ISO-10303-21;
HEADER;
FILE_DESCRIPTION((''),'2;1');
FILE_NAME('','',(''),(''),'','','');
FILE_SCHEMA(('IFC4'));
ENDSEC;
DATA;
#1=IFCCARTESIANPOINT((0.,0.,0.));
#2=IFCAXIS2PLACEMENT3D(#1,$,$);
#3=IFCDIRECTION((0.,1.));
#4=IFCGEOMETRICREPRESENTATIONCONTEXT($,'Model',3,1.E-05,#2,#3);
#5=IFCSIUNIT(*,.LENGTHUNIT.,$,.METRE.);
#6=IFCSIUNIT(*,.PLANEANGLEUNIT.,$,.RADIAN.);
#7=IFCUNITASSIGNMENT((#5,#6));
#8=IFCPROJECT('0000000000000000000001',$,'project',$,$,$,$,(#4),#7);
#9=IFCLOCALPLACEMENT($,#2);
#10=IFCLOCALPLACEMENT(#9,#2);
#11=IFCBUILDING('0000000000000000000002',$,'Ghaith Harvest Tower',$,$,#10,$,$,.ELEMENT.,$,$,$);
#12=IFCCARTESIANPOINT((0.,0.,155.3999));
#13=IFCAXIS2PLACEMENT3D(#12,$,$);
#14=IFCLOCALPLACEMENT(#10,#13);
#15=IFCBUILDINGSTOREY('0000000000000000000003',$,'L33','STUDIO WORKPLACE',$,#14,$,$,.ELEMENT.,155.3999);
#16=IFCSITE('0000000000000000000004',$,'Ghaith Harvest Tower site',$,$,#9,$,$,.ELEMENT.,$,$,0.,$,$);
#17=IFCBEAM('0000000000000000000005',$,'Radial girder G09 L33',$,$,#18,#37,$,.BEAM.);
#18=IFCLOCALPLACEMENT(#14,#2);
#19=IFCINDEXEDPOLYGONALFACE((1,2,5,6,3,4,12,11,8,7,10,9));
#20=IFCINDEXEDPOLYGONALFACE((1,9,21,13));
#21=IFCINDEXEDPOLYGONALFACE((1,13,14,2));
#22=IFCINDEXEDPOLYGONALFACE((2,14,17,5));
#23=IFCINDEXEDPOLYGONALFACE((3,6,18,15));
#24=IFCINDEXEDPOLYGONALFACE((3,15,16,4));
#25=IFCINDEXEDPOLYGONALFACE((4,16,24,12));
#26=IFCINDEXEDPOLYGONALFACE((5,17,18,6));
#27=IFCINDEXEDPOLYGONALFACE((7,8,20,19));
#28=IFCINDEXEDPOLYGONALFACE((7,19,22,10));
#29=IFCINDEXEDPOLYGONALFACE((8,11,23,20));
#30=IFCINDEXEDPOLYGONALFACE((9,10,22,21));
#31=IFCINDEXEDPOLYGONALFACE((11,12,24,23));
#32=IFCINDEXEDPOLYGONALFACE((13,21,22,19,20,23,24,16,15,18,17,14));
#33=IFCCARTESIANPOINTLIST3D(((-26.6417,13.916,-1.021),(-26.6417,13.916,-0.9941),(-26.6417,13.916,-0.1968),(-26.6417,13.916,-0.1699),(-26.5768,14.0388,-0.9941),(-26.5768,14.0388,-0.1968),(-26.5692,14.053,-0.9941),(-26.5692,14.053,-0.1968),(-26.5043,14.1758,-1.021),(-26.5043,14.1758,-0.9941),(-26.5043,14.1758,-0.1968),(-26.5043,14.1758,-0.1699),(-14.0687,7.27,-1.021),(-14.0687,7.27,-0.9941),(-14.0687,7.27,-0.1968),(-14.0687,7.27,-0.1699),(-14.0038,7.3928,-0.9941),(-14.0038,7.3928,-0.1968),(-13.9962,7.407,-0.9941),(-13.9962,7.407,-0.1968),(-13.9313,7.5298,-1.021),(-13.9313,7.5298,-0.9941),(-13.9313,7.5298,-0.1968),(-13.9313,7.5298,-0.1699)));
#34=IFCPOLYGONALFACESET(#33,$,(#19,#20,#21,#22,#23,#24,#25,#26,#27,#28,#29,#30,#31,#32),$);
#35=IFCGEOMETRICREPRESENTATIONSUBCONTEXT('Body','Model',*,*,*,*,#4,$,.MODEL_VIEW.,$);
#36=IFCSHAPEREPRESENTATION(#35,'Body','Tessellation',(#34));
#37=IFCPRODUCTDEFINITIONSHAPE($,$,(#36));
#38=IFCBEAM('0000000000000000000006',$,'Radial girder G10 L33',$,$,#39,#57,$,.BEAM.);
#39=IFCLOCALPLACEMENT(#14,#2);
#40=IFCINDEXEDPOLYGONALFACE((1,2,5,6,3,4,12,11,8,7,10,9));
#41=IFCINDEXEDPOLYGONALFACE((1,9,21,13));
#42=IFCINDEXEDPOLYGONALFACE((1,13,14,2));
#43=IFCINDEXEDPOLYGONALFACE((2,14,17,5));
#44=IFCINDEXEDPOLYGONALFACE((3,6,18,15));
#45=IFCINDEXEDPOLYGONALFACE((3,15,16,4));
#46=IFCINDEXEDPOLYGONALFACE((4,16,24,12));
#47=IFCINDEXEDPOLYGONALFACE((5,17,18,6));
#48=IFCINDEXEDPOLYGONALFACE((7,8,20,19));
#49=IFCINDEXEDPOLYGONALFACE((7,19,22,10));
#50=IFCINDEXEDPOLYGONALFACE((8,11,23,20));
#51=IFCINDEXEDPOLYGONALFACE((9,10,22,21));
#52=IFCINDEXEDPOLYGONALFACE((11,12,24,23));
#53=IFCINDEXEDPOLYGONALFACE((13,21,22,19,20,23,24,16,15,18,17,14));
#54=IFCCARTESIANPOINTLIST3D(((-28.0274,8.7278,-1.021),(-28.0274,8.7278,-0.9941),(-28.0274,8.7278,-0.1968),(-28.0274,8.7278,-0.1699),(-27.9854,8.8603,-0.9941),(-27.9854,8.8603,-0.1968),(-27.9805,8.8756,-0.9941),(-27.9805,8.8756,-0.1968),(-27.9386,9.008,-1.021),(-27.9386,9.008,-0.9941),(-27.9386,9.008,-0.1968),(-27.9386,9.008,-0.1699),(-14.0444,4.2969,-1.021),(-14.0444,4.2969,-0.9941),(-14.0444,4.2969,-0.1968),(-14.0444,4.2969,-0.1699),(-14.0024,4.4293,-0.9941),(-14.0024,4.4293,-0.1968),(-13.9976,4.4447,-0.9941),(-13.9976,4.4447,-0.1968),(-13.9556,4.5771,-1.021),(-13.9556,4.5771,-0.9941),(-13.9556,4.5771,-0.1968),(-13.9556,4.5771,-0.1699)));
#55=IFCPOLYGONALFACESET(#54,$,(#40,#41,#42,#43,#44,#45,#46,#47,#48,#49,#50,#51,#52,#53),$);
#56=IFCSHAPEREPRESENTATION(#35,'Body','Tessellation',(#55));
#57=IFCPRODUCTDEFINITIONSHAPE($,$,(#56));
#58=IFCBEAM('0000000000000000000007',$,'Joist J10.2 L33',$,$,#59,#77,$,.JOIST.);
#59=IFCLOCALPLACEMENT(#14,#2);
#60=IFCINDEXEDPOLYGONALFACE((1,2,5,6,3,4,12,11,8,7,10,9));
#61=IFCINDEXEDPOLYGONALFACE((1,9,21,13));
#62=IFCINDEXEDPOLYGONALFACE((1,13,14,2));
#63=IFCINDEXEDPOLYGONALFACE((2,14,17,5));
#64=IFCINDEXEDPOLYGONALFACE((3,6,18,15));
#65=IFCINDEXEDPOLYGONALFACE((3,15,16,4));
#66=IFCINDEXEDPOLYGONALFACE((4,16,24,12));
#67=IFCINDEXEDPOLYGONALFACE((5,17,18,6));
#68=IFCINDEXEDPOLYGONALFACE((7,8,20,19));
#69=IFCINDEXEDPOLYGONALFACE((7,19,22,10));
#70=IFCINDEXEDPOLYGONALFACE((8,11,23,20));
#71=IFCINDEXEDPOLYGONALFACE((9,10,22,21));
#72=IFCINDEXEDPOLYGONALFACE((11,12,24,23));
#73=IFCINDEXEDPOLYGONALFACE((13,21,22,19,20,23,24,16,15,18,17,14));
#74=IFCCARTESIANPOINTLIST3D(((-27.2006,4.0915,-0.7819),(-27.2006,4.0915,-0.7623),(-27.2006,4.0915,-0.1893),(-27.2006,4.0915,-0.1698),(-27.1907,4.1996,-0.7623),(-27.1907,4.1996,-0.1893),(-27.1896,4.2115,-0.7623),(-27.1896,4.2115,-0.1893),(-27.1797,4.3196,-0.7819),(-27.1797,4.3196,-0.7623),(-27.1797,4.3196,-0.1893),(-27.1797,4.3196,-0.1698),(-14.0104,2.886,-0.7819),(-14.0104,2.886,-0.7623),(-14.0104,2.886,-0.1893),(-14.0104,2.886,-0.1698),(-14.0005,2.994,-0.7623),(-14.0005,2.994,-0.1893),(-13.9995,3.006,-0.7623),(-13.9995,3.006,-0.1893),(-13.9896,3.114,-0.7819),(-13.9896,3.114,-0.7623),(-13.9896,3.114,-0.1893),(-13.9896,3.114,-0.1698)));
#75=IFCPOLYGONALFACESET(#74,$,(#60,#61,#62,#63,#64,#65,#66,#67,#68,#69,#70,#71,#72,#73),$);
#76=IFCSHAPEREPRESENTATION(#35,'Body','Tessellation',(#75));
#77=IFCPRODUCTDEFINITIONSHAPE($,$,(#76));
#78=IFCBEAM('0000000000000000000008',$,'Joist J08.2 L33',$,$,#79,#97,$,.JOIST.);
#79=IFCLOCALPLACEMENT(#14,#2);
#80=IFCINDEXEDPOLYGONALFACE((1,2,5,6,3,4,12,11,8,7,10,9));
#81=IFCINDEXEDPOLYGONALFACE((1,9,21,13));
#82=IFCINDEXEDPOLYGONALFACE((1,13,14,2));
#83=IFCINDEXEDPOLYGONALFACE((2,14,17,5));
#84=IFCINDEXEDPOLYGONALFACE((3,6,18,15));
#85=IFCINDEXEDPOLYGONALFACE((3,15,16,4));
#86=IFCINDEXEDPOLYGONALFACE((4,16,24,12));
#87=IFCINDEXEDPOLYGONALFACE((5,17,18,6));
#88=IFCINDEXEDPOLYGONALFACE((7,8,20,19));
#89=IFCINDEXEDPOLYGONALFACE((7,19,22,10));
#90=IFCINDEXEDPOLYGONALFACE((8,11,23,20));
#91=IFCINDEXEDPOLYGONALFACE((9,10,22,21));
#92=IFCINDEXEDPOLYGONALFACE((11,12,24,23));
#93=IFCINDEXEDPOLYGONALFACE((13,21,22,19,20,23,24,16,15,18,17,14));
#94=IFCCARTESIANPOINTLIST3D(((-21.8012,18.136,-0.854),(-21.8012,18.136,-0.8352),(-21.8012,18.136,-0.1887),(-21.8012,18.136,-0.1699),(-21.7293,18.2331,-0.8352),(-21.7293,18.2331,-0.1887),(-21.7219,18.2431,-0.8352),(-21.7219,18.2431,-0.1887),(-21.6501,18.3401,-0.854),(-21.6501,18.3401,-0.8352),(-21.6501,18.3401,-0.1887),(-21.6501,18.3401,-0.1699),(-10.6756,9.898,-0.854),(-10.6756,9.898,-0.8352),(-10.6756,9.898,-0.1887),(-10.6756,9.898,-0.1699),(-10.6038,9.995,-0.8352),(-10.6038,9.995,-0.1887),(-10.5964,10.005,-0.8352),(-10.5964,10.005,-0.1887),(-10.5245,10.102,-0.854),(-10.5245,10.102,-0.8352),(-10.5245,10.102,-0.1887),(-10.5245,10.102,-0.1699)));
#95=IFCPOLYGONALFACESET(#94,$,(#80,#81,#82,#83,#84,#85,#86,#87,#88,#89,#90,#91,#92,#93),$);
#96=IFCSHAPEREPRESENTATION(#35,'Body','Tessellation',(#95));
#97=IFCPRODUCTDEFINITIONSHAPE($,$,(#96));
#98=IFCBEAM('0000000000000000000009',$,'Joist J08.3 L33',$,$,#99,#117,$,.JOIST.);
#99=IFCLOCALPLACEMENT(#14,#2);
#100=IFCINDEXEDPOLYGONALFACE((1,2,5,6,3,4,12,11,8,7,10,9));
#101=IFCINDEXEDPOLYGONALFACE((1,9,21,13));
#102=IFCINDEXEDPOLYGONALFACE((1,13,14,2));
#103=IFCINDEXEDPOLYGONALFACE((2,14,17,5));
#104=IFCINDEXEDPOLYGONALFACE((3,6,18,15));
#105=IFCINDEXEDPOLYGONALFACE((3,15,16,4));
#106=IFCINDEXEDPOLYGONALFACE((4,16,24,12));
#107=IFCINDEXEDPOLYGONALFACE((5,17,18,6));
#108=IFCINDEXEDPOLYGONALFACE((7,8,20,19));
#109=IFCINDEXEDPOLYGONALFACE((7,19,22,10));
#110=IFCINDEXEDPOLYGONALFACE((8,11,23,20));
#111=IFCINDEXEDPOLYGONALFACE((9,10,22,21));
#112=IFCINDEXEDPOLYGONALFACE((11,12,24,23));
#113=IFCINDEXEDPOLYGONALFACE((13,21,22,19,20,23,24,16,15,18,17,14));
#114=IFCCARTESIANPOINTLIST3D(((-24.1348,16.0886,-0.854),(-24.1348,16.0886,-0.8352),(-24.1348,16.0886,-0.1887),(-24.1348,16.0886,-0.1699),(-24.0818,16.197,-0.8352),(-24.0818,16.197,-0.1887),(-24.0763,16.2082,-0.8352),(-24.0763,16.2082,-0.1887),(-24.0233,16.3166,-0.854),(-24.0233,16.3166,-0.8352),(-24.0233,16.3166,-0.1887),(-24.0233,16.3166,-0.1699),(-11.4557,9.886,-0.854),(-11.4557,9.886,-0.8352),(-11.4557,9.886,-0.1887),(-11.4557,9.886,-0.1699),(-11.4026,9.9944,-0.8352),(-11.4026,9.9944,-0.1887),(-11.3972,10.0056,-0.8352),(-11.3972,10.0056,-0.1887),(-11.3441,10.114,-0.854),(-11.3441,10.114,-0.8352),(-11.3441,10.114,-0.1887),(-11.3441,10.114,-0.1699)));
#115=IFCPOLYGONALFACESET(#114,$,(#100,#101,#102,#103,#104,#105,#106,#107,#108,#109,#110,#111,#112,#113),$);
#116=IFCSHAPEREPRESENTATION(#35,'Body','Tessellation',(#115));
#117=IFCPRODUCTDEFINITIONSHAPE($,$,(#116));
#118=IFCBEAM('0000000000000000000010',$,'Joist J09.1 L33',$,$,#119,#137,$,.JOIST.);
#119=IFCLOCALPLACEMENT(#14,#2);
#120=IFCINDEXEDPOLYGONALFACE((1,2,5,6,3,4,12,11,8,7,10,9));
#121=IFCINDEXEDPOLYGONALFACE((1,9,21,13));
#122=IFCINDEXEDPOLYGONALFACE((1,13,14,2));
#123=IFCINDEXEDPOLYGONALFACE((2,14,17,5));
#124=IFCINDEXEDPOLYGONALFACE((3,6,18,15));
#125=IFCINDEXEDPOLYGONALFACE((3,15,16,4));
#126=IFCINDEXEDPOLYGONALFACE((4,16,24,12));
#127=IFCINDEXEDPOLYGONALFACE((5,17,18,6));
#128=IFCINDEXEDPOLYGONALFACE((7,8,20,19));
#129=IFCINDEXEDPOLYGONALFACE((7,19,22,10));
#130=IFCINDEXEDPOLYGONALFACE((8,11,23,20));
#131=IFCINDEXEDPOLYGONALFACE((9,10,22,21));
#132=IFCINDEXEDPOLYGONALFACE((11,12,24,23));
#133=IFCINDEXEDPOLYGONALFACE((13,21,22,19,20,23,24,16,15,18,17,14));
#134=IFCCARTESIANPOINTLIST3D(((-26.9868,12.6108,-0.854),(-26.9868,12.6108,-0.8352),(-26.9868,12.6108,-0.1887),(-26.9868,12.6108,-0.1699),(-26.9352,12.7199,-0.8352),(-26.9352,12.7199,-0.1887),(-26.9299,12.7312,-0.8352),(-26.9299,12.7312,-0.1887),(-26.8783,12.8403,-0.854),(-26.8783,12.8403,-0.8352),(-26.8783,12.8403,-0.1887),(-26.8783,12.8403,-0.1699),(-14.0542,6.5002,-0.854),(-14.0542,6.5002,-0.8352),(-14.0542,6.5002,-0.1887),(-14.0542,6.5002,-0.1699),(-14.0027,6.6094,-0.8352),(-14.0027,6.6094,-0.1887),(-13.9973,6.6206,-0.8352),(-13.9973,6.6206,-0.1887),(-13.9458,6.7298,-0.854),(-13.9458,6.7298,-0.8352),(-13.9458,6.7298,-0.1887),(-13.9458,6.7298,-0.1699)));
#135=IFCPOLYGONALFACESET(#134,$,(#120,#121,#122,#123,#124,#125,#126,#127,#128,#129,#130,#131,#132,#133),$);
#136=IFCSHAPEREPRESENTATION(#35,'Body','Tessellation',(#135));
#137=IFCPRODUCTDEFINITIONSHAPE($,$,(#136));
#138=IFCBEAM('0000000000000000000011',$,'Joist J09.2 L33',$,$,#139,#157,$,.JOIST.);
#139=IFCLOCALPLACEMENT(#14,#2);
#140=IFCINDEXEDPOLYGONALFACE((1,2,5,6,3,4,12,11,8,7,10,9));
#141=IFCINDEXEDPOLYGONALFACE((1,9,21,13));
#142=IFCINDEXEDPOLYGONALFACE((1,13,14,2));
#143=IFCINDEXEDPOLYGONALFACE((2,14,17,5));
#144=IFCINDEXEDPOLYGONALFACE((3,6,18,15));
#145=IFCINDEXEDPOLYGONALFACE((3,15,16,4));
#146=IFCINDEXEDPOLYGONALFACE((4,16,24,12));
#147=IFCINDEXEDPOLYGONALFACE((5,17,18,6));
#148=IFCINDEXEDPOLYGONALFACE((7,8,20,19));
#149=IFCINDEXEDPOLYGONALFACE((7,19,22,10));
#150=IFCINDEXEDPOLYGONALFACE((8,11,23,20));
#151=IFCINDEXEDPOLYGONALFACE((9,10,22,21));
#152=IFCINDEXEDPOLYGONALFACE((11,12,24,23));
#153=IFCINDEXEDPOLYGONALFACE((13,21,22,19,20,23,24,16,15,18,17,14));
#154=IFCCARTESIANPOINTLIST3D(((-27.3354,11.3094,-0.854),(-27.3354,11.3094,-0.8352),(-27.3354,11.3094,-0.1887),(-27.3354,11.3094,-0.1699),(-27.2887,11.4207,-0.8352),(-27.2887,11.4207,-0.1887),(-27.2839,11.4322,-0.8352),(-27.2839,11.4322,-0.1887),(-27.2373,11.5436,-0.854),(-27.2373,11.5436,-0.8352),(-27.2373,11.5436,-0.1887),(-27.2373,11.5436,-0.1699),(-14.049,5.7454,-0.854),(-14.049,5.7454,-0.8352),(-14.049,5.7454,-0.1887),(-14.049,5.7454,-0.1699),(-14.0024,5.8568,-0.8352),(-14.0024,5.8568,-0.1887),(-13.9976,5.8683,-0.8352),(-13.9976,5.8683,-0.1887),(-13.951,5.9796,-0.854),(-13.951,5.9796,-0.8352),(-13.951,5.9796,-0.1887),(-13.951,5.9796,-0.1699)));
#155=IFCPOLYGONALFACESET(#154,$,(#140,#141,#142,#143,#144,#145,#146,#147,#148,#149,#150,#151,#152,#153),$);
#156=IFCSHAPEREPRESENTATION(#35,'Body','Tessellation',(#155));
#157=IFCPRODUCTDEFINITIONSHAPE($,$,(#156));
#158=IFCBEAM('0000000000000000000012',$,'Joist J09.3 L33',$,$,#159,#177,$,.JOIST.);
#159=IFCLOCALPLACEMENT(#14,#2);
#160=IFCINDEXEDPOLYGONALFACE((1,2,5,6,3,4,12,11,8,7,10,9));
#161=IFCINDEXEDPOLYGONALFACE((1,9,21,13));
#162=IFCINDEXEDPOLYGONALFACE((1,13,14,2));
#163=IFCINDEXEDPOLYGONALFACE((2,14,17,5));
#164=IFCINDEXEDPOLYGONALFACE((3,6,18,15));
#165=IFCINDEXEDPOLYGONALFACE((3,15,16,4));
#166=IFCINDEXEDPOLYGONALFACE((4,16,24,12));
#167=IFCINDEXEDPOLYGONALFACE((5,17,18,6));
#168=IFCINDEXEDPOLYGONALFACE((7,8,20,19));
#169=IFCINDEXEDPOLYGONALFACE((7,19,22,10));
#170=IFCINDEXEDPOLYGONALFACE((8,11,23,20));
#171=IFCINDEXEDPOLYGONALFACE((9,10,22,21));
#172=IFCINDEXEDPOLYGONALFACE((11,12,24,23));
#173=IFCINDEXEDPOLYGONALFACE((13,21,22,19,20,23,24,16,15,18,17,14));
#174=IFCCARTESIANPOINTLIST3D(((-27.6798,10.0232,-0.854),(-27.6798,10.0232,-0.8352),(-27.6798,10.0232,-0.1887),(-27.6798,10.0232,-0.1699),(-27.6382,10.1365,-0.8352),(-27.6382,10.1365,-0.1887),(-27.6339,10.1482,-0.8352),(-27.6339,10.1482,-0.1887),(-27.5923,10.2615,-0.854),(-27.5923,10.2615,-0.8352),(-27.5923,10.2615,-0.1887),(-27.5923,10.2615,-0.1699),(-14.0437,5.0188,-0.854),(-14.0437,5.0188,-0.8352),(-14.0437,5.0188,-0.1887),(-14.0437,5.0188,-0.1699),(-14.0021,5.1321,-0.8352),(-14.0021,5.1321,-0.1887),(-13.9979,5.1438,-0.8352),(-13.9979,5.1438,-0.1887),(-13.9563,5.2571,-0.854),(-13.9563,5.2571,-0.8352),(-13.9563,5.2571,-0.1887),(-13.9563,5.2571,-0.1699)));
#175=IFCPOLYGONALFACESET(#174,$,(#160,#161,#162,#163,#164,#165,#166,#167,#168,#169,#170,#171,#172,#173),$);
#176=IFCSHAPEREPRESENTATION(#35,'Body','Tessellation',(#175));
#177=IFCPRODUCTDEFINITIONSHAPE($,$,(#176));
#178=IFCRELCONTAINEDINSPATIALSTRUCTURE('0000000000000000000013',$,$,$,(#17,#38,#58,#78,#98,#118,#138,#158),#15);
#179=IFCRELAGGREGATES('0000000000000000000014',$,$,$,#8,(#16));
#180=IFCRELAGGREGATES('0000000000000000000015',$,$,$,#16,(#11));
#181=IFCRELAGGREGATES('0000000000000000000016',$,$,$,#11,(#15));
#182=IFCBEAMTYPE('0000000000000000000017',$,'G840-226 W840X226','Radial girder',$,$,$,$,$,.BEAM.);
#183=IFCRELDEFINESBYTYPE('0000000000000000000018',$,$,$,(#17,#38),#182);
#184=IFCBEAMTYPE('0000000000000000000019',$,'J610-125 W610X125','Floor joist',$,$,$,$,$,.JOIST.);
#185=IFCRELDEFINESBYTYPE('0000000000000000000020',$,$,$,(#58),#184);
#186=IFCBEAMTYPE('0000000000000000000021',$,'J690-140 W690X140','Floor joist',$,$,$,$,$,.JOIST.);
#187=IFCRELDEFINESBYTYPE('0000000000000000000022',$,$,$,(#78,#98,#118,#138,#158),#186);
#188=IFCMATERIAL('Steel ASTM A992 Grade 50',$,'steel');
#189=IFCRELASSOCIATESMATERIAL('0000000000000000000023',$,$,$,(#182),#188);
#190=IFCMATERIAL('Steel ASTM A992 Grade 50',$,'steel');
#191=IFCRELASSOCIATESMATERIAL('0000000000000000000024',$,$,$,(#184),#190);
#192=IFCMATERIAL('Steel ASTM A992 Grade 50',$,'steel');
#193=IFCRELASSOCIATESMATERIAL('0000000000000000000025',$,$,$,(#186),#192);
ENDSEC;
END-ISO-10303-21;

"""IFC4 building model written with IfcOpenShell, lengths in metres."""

from ifc_helpers import new_model, si_unit, direction, frame, origin, origin_2d, place, context, subcontext, project, spatial, i_section, extrude, material, material_profile, profile_set, type_object, element, save


model = new_model("IFC4")

# Units and contexts
model_context = context("Model", 3, precision=1e-05, world=origin(), true_north=direction((0.0, 1.0)))
body_context = subcontext(model_context, "Body", "Model", "MODEL_VIEW")
ifc_project = project(units=[si_unit("LENGTHUNIT", "METRE"), si_unit("PLANEANGLEUNIT", "RADIAN")], contexts=[model_context])

# Site, building, storey
site_placement = place(None, origin())
site = spatial("IfcSite", under=ifc_project, at=site_placement, Name="Ghaith Harvest Tower site", CompositionType="ELEMENT", RefElevation=0.0)
building_placement = place(site_placement, origin())
building = spatial("IfcBuilding", under=site, at=building_placement, Name="Ghaith Harvest Tower", CompositionType="ELEMENT")
storey_placement = place(building_placement, frame((0.0, 0.0, 155.3999)))
storey = spatial("IfcBuildingStorey", under=building, at=storey_placement, Name="L33", Description="STUDIO WORKPLACE", CompositionType="ELEMENT", Elevation=155.3999)

# Beams
ifc_material_1 = material(Name="Steel ASTM A992 Grade 50", Category="steel")
ifc_material_profile_1 = material_profile(ifc_material_1, i_section(OverallWidth=0.2939, OverallDepth=0.8511, WebThickness=0.0161, FlangeThickness=0.0269, at=origin_2d()), Name="W840X226")
ifc_profile_set_1 = profile_set([ifc_material_profile_1], Name="Steel ASTM A992 Grade 50")
beam_type_1 = type_object("IfcBeamType", Name="G840-226 W840X226", Description="Radial girder", PredefinedType="BEAM", material=ifc_profile_set_1)
beam_1_placement = place(storey_placement, frame((-14.0, 7.3999, -0.5955), z_axis=(-0.884087, 0.467322, 0.0), x_axis=(-0.467322, -0.884087, 0.0)))
element("IfcBeam", 1, at=beam_1_placement, inside=storey, type_object=beam_type_1, Name="Radial girder G09 L33", PredefinedType="BEAM", context=body_context, shape_type="SweptSolid", body=[
    extrude(i_section(OverallWidth=0.2939, OverallDepth=0.8511, WebThickness=0.0161, FlangeThickness=0.0269, at=origin_2d()), origin(), (0.0, 0.0, 1.0), 14.2214),
])
beam_2_placement = place(storey_placement, frame((-14.0, 4.437, -0.5955), z_axis=(-0.953284, 0.302077, 0.0), x_axis=(-0.302077, -0.953284, 0.0)))
element("IfcBeam", 2, at=beam_2_placement, inside=storey, type_object=beam_type_1, Name="Radial girder G10 L33", PredefinedType="BEAM", context=body_context, shape_type="SweptSolid", body=[
    extrude(i_section(OverallWidth=0.2939, OverallDepth=0.8511, WebThickness=0.0161, FlangeThickness=0.0269, at=origin_2d()), origin(), (0.0, 0.0, 1.0), 14.6682),
])
ifc_material_2 = material(Name="Steel ASTM A992 Grade 50", Category="steel")
ifc_material_profile_2 = material_profile(ifc_material_2, i_section(OverallWidth=0.229, OverallDepth=0.6121, WebThickness=0.012, FlangeThickness=0.0195, at=origin_2d()), Name="W610X125")
ifc_profile_set_2 = profile_set([ifc_material_profile_2], Name="Steel ASTM A992 Grade 50")
beam_type_2 = type_object("IfcBeamType", Name="J610-125 W610X125", Description="Floor joist", PredefinedType="JOIST", material=ifc_profile_set_2)
beam_3_placement = place(storey_placement, frame((-14.0, 3.0, -0.4758), z_axis=(-0.995849, 0.091019, 0.0), x_axis=(-0.091019, -0.995849, 0.0)))
element("IfcBeam", 3, at=beam_3_placement, inside=storey, type_object=beam_type_2, Name="Joist J10.2 L33", PredefinedType="JOIST", context=body_context, shape_type="SweptSolid", body=[
    extrude(i_section(OverallWidth=0.229, OverallDepth=0.6121, WebThickness=0.012, FlangeThickness=0.0195, at=origin_2d()), origin(), (0.0, 0.0, 1.0), 13.2451),
])
ifc_material_3 = material(Name="Steel ASTM A992 Grade 50", Category="steel")
ifc_material_profile_3 = material_profile(ifc_material_3, i_section(OverallWidth=0.2539, OverallDepth=0.6841, WebThickness=0.0125, FlangeThickness=0.0188, at=origin_2d()), Name="W690X140")
ifc_profile_set_3 = profile_set([ifc_material_profile_3], Name="Steel ASTM A992 Grade 50")
beam_type_3 = type_object("IfcBeamType", Name="J690-140 W690X140", Description="Floor joist", PredefinedType="JOIST", material=ifc_profile_set_3)
beam_4_placement = place(storey_placement, frame((-10.6001, 10.0, -0.512), z_axis=(-0.803663, 0.595085, 0.0), x_axis=(-0.595085, -0.803663, 0.0)))
element("IfcBeam", 4, at=beam_4_placement, inside=storey, type_object=beam_type_3, Name="Joist J08.2 L33", PredefinedType="JOIST", context=body_context, shape_type="SweptSolid", body=[
    extrude(i_section(OverallWidth=0.2539, OverallDepth=0.6841, WebThickness=0.0125, FlangeThickness=0.0188, at=origin_2d()), origin(), (0.0, 0.0, 1.0), 13.8435),
])
beam_5_placement = place(storey_placement, frame((-11.3999, 10.0, -0.512), z_axis=(-0.898275, 0.439434, 0.0), x_axis=(-0.439434, -0.898275, 0.0)))
element("IfcBeam", 5, at=beam_5_placement, inside=storey, type_object=beam_type_3, Name="Joist J08.3 L33", PredefinedType="JOIST", context=body_context, shape_type="SweptSolid", body=[
    extrude(i_section(OverallWidth=0.2539, OverallDepth=0.6841, WebThickness=0.0125, FlangeThickness=0.0188, at=origin_2d()), origin(), (0.0, 0.0, 1.0), 14.115),
])
beam_6_placement = place(storey_placement, frame((-14.0, 6.615, -0.512), z_axis=(-0.904153, 0.427208, 0.0), x_axis=(-0.427208, -0.904153, 0.0)))
element("IfcBeam", 6, at=beam_6_placement, inside=storey, type_object=beam_type_3, Name="Joist J09.1 L33", PredefinedType="JOIST", context=body_context, shape_type="SweptSolid", body=[
    extrude(i_section(OverallWidth=0.2539, OverallDepth=0.6841, WebThickness=0.0125, FlangeThickness=0.0188, at=origin_2d()), origin(), (0.0, 0.0, 1.0), 14.3035),
])
beam_7_placement = place(storey_placement, frame((-14.0, 5.8625, -0.512), z_axis=(-0.922386, 0.38627, 0.0), x_axis=(-0.38627, -0.922386, 0.0)))
element("IfcBeam", 7, at=beam_7_placement, inside=storey, type_object=beam_type_3, Name="Joist J09.2 L33", PredefinedType="JOIST", context=body_context, shape_type="SweptSolid", body=[
    extrude(i_section(OverallWidth=0.2539, OverallDepth=0.6841, WebThickness=0.0125, FlangeThickness=0.0188, at=origin_2d()), origin(), (0.0, 0.0, 1.0), 14.4043),
])
beam_8_placement = place(storey_placement, frame((-14.0, 5.1379, -0.512), z_axis=(-0.938775, 0.34453, 0.0), x_axis=(-0.34453, -0.938775, 0.0)))
element("IfcBeam", 8, at=beam_8_placement, inside=storey, type_object=beam_type_3, Name="Joist J09.3 L33", PredefinedType="JOIST", context=body_context, shape_type="SweptSolid", body=[
    extrude(i_section(OverallWidth=0.2539, OverallDepth=0.6841, WebThickness=0.0125, FlangeThickness=0.0188, at=origin_2d()), origin(), (0.0, 0.0, 1.0), 14.5254),
])

save(model, "model.ifc")
